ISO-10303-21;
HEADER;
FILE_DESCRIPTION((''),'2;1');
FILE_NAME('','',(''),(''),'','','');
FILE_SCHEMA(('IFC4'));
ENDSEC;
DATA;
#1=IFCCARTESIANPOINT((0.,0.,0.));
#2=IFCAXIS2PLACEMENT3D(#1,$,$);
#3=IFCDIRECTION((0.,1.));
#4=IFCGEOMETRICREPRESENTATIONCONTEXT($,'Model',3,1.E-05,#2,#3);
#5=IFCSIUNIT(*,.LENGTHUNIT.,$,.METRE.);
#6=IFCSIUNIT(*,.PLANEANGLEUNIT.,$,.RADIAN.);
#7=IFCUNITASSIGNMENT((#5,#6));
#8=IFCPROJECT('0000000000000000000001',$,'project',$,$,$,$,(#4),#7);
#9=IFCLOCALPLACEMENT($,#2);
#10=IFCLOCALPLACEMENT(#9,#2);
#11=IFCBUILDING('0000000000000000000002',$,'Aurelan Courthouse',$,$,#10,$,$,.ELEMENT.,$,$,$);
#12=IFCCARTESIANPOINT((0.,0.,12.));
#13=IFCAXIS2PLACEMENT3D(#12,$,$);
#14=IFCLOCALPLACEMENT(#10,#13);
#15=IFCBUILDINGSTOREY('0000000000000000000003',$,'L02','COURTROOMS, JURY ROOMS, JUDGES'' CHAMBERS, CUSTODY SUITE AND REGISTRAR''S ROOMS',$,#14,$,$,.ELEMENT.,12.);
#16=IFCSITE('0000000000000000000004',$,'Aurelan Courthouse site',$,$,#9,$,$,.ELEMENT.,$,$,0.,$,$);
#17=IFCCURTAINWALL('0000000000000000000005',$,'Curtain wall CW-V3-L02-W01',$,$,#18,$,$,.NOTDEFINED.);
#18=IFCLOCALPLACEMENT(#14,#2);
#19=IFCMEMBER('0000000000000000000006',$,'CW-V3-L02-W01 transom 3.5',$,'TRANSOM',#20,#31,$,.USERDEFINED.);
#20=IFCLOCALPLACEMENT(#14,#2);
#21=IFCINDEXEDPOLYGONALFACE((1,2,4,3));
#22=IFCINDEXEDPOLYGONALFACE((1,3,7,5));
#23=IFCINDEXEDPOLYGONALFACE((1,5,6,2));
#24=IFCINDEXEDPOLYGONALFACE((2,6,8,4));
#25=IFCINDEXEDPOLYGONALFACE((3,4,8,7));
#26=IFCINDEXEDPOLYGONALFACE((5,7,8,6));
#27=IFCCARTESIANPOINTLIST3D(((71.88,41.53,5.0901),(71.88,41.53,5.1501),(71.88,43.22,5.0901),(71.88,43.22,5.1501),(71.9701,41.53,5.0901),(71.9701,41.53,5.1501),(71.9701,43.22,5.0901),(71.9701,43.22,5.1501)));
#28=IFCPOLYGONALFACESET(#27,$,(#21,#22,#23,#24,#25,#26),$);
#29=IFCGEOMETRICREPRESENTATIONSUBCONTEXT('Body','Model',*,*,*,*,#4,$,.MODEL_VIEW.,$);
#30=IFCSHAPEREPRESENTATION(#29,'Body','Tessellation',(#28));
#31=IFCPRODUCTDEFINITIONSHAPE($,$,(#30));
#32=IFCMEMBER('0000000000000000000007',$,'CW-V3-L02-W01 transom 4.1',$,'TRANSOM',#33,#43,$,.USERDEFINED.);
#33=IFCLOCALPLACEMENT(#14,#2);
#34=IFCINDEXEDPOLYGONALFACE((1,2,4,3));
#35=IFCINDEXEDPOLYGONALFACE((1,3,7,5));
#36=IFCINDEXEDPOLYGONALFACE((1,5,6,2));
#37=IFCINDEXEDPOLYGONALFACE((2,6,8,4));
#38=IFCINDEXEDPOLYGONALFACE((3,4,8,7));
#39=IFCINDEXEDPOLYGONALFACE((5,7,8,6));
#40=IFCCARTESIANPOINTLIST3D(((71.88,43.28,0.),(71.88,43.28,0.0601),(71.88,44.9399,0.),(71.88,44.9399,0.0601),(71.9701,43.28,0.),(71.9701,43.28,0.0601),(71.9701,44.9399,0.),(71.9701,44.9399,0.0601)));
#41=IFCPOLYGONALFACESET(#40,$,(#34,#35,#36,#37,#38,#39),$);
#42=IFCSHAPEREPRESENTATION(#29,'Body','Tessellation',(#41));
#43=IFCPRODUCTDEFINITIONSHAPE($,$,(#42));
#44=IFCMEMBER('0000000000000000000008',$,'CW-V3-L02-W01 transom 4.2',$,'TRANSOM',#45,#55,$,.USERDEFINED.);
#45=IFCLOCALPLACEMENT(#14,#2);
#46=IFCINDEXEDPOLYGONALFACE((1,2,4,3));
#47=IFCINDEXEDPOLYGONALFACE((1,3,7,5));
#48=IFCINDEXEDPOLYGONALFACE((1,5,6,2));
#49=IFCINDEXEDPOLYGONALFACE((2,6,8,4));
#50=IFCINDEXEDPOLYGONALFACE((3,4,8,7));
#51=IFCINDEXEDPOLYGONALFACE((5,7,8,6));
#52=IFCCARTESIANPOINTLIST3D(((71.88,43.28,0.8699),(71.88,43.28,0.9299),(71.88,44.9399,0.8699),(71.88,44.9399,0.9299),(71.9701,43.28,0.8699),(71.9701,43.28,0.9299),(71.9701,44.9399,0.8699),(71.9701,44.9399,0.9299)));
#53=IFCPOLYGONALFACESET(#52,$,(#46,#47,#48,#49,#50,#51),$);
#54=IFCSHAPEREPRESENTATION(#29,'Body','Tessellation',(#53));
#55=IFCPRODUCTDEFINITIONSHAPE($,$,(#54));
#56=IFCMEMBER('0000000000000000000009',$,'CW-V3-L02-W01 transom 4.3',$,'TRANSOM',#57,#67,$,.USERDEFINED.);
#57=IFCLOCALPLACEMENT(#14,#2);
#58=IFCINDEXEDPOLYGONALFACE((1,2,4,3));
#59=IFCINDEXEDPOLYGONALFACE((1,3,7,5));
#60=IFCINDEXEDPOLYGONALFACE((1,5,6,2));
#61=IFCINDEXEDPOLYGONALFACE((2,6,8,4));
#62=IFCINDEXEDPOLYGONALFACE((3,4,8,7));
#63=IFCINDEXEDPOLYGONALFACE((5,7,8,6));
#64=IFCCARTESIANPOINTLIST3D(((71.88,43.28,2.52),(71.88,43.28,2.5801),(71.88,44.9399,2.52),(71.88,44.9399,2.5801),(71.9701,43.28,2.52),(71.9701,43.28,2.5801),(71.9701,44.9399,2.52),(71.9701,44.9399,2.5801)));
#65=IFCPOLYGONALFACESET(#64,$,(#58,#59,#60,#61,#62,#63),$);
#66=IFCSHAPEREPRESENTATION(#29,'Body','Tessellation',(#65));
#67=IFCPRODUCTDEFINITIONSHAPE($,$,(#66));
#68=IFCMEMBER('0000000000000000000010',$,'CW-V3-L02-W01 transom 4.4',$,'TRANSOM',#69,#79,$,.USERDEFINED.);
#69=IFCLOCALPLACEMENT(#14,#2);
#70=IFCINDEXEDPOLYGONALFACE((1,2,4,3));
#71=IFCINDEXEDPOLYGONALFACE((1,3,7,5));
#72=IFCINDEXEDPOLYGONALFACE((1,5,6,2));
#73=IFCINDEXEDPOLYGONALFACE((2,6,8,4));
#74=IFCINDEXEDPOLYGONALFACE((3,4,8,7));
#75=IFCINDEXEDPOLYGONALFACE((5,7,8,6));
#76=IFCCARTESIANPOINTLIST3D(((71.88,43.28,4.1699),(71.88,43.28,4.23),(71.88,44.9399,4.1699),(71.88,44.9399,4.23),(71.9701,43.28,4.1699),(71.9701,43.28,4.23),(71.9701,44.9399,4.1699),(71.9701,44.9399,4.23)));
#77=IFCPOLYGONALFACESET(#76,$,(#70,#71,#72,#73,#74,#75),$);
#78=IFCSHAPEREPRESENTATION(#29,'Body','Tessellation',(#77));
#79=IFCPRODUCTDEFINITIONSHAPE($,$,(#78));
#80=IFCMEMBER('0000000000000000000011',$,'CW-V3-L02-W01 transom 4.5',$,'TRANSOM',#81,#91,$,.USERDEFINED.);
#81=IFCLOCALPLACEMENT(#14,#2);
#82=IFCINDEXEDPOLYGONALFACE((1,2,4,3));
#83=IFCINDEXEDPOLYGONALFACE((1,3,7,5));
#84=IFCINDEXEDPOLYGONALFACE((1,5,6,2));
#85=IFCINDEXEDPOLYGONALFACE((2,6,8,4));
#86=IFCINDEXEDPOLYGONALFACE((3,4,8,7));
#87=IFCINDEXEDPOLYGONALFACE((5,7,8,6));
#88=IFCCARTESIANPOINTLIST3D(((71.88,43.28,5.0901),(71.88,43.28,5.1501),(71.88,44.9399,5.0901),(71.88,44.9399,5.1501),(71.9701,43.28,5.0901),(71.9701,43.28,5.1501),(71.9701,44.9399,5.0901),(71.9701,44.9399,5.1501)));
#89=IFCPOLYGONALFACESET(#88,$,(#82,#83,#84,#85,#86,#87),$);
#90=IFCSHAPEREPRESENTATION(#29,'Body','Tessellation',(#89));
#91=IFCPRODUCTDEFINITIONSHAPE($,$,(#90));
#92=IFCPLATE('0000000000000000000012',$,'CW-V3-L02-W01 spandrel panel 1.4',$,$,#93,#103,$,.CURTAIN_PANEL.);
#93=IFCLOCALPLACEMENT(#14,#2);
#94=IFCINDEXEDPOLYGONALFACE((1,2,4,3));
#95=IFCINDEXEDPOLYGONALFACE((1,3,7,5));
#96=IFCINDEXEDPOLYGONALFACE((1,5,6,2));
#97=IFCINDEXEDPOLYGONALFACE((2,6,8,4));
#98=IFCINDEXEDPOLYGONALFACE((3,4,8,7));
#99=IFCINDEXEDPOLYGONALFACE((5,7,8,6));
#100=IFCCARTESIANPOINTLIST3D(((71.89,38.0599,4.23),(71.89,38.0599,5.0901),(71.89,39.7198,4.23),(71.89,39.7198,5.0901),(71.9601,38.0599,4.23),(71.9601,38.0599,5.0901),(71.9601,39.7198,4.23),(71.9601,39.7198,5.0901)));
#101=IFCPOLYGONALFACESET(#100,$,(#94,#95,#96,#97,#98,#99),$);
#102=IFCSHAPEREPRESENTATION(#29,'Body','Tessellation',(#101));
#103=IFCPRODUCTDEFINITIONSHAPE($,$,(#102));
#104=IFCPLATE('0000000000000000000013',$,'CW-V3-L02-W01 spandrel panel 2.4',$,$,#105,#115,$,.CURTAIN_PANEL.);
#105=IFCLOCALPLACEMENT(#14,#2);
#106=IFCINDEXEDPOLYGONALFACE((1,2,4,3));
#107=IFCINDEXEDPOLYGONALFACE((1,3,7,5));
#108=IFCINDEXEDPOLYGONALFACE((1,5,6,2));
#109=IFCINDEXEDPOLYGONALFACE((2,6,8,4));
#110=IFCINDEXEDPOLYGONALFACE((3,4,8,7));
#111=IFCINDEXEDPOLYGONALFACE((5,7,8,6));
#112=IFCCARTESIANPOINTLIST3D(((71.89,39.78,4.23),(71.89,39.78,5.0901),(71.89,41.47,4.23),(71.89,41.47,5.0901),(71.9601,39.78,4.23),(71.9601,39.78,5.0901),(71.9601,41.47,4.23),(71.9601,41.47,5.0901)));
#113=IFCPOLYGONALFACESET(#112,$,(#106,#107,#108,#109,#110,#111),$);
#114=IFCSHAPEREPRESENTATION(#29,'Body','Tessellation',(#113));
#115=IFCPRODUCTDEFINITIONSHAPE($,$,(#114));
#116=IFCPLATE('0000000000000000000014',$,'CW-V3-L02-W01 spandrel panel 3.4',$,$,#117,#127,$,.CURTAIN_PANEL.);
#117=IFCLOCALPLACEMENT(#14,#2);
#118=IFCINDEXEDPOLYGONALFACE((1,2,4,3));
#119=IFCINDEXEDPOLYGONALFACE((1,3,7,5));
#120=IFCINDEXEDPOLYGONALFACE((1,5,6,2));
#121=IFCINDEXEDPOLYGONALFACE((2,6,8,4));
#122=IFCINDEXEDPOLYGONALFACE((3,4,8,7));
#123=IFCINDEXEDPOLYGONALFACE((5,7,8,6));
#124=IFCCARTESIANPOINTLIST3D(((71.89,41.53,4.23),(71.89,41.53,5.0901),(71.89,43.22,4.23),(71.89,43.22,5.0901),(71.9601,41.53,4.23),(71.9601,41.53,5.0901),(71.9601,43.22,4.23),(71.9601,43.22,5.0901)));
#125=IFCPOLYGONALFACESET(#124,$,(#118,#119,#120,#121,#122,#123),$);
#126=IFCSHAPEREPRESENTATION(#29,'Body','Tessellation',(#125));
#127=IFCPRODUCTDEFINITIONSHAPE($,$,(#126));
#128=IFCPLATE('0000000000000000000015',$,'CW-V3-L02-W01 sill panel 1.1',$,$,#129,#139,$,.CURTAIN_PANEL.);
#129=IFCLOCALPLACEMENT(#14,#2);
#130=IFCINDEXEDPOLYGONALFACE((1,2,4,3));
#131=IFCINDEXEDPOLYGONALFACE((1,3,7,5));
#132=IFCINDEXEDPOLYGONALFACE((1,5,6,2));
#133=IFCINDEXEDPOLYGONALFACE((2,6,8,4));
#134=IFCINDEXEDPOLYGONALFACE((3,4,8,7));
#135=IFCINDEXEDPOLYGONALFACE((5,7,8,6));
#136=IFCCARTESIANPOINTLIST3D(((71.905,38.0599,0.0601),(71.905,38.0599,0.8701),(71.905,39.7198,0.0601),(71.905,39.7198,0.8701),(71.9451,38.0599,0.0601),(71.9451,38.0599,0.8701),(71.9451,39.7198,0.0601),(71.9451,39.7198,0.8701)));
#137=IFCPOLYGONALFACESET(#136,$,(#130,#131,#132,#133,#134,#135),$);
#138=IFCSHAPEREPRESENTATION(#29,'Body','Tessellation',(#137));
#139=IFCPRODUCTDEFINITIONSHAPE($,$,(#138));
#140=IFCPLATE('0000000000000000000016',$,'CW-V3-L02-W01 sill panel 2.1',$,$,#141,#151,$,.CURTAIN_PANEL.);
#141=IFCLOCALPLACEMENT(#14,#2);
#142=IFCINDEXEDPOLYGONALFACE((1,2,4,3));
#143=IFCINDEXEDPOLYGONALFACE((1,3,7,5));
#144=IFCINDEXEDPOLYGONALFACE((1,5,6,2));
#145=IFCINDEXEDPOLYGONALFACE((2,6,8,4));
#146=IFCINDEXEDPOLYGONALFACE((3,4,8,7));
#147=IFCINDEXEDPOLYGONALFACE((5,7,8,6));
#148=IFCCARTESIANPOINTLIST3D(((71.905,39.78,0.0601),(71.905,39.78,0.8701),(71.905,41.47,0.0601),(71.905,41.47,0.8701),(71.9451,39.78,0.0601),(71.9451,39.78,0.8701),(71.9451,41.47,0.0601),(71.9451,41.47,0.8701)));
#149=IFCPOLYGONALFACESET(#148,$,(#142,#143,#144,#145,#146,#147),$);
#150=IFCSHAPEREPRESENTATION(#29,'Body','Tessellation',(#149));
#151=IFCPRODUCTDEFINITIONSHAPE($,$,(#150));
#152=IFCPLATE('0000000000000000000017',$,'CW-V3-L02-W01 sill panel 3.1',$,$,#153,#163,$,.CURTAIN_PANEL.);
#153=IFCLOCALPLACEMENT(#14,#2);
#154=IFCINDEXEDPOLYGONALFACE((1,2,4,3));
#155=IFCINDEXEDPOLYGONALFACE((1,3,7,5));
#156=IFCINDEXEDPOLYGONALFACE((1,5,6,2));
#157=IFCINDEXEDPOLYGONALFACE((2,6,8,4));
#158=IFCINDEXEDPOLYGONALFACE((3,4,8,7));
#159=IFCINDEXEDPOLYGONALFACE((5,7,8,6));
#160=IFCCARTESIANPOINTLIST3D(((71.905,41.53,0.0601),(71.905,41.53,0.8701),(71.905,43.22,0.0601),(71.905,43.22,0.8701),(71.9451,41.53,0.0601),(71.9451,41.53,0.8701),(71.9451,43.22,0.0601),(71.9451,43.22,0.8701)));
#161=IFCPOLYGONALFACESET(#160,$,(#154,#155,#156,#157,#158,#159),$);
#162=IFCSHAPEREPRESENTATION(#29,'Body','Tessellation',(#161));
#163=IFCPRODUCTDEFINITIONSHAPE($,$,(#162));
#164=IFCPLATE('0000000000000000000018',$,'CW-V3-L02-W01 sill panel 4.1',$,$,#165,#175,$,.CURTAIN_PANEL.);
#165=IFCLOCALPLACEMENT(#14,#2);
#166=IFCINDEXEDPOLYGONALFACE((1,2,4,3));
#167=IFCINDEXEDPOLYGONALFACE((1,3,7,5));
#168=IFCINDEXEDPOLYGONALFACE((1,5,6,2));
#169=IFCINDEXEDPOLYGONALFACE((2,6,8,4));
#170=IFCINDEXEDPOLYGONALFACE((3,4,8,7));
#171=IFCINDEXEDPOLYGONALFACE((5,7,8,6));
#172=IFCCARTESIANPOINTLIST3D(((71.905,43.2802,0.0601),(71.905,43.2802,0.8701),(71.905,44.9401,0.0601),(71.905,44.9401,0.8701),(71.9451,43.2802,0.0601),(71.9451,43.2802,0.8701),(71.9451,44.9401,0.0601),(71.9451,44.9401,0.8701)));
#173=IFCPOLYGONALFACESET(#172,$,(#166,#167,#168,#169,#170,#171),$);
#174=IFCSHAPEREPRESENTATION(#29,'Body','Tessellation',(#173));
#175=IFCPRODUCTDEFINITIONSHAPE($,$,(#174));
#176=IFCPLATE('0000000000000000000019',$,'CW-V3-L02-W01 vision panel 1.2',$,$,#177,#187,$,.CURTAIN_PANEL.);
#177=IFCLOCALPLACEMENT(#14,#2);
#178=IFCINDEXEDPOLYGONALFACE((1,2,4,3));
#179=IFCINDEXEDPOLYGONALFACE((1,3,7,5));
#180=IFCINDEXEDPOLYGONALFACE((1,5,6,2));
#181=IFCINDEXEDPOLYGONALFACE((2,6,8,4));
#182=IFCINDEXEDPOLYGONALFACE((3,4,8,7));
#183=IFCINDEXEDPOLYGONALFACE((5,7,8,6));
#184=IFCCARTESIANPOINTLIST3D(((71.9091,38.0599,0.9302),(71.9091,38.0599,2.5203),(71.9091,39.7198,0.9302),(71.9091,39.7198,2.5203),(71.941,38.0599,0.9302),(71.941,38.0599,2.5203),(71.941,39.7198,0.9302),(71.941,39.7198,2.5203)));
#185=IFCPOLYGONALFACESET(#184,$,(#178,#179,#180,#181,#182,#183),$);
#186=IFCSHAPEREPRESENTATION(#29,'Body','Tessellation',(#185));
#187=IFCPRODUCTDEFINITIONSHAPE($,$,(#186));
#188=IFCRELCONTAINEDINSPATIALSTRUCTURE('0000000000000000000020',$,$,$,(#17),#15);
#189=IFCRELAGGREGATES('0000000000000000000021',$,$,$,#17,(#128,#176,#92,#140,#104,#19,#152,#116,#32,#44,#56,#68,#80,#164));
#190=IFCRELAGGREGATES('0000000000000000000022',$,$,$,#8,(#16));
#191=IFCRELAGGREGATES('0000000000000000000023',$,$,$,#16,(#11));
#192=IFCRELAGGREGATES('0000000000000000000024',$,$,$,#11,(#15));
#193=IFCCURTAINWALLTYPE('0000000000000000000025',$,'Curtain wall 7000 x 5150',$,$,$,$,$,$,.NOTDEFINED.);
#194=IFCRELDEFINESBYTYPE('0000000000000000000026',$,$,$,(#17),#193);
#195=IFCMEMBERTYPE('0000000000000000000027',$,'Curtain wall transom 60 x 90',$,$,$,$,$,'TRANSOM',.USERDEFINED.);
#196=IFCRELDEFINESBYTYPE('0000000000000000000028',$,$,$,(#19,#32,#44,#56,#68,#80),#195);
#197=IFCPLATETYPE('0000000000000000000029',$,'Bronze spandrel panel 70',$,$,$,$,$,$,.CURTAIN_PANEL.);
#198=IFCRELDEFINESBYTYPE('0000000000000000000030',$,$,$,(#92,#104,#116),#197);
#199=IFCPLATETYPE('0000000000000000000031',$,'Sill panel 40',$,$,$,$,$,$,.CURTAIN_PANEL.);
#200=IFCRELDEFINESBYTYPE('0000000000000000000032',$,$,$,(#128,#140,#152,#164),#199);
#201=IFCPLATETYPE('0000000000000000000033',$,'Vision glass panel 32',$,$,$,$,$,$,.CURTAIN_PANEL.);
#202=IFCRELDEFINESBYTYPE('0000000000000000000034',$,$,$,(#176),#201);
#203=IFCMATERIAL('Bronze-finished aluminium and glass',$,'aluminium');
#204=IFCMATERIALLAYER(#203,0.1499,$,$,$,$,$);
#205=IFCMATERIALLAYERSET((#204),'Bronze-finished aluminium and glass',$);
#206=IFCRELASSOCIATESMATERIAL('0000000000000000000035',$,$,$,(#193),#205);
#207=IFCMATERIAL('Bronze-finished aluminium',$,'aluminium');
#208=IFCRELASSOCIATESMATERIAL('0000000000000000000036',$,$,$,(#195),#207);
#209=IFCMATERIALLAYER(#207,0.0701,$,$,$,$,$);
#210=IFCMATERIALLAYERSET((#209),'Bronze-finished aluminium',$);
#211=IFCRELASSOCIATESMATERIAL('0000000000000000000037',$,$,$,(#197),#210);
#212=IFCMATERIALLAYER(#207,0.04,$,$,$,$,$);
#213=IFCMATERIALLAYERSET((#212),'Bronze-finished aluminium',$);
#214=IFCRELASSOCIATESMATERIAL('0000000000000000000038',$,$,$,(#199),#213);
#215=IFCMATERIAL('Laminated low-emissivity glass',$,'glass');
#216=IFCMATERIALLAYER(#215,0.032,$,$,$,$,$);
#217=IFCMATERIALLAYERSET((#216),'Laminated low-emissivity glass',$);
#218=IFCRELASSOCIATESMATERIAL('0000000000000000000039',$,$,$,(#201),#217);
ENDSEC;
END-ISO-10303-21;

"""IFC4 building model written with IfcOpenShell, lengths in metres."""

from ifc_helpers import new_model, si_unit, direction, frame, origin, origin_2d, place, context, subcontext, project, spatial, rectangle, extrude, material, layer, layer_set, material_profile, profile_set, type_object, element, aggregate, save


model = new_model("IFC4")

# Units and contexts
model_context = context("Model", 3, precision=1e-05, world=origin(), true_north=direction((0.0, 1.0)))
body_context = subcontext(model_context, "Body", "Model", "MODEL_VIEW")
ifc_project = project(units=[si_unit("LENGTHUNIT", "METRE"), si_unit("PLANEANGLEUNIT", "RADIAN")], contexts=[model_context])

# Site, building, storey
site_placement = place(None, origin())
site = spatial("IfcSite", under=ifc_project, at=site_placement, Name="Aurelan Courthouse site", CompositionType="ELEMENT", RefElevation=0.0)
building_placement = place(site_placement, origin())
building = spatial("IfcBuilding", under=site, at=building_placement, Name="Aurelan Courthouse", CompositionType="ELEMENT")
storey_placement = place(building_placement, frame((0.0, 0.0, 12.0)))
storey = spatial("IfcBuildingStorey", under=building, at=storey_placement, Name="L02", Description="COURTROOMS, JURY ROOMS, JUDGES' CHAMBERS, CUSTODY SUITE AND REGISTRAR'S ROOMS", CompositionType="ELEMENT", Elevation=12.0)

# Curtain wall, members, plates
ifc_material_1 = material(Name="Bronze-finished aluminium and glass", Category="aluminium")
ifc_layer_1 = layer(ifc_material_1, 0.1499)
ifc_layer_set_1 = layer_set([ifc_layer_1], Name="Bronze-finished aluminium and glass")
curtain_wall_type = type_object("IfcCurtainWallType", Name="Curtain wall 7000 x 5150", PredefinedType="NOTDEFINED", material=ifc_layer_set_1)
curtain_wall_placement = place(storey_placement, origin())
curtain_wall = element("IfcCurtainWall", 1, at=curtain_wall_placement, inside=storey, type_object=curtain_wall_type, Name="Curtain wall CW-V3-L02-W01", PredefinedType="NOTDEFINED")
ifc_material_2 = material(Name="Bronze-finished aluminium", Category="aluminium")
ifc_material_profile_1 = material_profile(ifc_material_2, rectangle(XDim=0.0901, YDim=0.0601, at=origin_2d()), Name="Bronze transom 60 x 90")
ifc_profile_set_1 = profile_set([ifc_material_profile_1], Name="Bronze-finished aluminium")
member_type_1 = type_object("IfcMemberType", Name="Curtain wall transom 60 x 90", ElementType="TRANSOM", PredefinedType="USERDEFINED", material=ifc_profile_set_1)
member_1_placement = place(storey_placement, frame((71.925, 41.53, 5.1201), z_axis=(0.0, 1.0, 0.0), x_axis=(-1.0, 0.0, 0.0)))
member_1 = element("IfcMember", 2, at=member_1_placement, type_object=member_type_1, Name="CW-V3-L02-W01 transom 3.5", ObjectType="TRANSOM", PredefinedType="USERDEFINED", context=body_context, shape_type="SweptSolid", body=[
    extrude(rectangle(XDim=0.0901, YDim=0.0601, at=origin_2d()), origin(), (0.0, 0.0, 1.0), 1.6899),
])
member_2_placement = place(storey_placement, frame((71.925, 43.28, 0.03), z_axis=(0.0, 1.0, 0.0), x_axis=(-1.0, 0.0, 0.0)))
member_2 = element("IfcMember", 3, at=member_2_placement, type_object=member_type_1, Name="CW-V3-L02-W01 transom 4.1", ObjectType="TRANSOM", PredefinedType="USERDEFINED", context=body_context, shape_type="SweptSolid", body=[
    extrude(rectangle(XDim=0.0901, YDim=0.0601, at=origin_2d()), origin(), (0.0, 0.0, 1.0), 1.6599),
])
member_3_placement = place(storey_placement, frame((71.925, 43.28, 0.8999), z_axis=(0.0, 1.0, 0.0), x_axis=(-1.0, 0.0, 0.0)))
member_3 = element("IfcMember", 4, at=member_3_placement, type_object=member_type_1, Name="CW-V3-L02-W01 transom 4.2", ObjectType="TRANSOM", PredefinedType="USERDEFINED", context=body_context, shape_type="SweptSolid", body=[
    extrude(rectangle(XDim=0.0901, YDim=0.0601, at=origin_2d()), origin(), (0.0, 0.0, 1.0), 1.6599),
])
member_4_placement = place(storey_placement, frame((71.925, 43.28, 2.55), z_axis=(0.0, 1.0, 0.0), x_axis=(-1.0, 0.0, 0.0)))
member_4 = element("IfcMember", 5, at=member_4_placement, type_object=member_type_1, Name="CW-V3-L02-W01 transom 4.3", ObjectType="TRANSOM", PredefinedType="USERDEFINED", context=body_context, shape_type="SweptSolid", body=[
    extrude(rectangle(XDim=0.0901, YDim=0.0601, at=origin_2d()), origin(), (0.0, 0.0, 1.0), 1.6599),
])
member_5_placement = place(storey_placement, frame((71.925, 43.28, 4.2), z_axis=(0.0, 1.0, 0.0), x_axis=(-1.0, 0.0, 0.0)))
member_5 = element("IfcMember", 6, at=member_5_placement, type_object=member_type_1, Name="CW-V3-L02-W01 transom 4.4", ObjectType="TRANSOM", PredefinedType="USERDEFINED", context=body_context, shape_type="SweptSolid", body=[
    extrude(rectangle(XDim=0.0901, YDim=0.0601, at=origin_2d()), origin(), (0.0, 0.0, 1.0), 1.6599),
])
member_6_placement = place(storey_placement, frame((71.925, 43.28, 5.1201), z_axis=(0.0, 1.0, 0.0), x_axis=(-1.0, 0.0, 0.0)))
member_6 = element("IfcMember", 7, at=member_6_placement, type_object=member_type_1, Name="CW-V3-L02-W01 transom 4.5", ObjectType="TRANSOM", PredefinedType="USERDEFINED", context=body_context, shape_type="SweptSolid", body=[
    extrude(rectangle(XDim=0.0901, YDim=0.0601, at=origin_2d()), origin(), (0.0, 0.0, 1.0), 1.6599),
])
ifc_layer_2 = layer(ifc_material_2, 0.0701)
ifc_layer_set_2 = layer_set([ifc_layer_2], Name="Bronze-finished aluminium")
plate_type_1 = type_object("IfcPlateType", Name="Bronze spandrel panel 70", PredefinedType="CURTAIN_PANEL", material=ifc_layer_set_2)
plate_1_placement = place(storey_placement, frame((71.925, 38.8899, 4.23), z_axis=(0.0, 0.0, 1.0), x_axis=(0.0, 1.0, 0.0)))
plate_1 = element("IfcPlate", 8, at=plate_1_placement, type_object=plate_type_1, Name="CW-V3-L02-W01 spandrel panel 1.4", PredefinedType="CURTAIN_PANEL", context=body_context, shape_type="SweptSolid", body=[
    extrude(rectangle(XDim=1.6599, YDim=0.0701, at=origin_2d()), origin(), (0.0, 0.0, 1.0), 0.8601),
])
plate_2_placement = place(storey_placement, frame((71.925, 40.625, 4.23), z_axis=(0.0, 0.0, 1.0), x_axis=(0.0, 1.0, 0.0)))
plate_2 = element("IfcPlate", 9, at=plate_2_placement, type_object=plate_type_1, Name="CW-V3-L02-W01 spandrel panel 2.4", PredefinedType="CURTAIN_PANEL", context=body_context, shape_type="SweptSolid", body=[
    extrude(rectangle(XDim=1.6899, YDim=0.0701, at=origin_2d()), origin(), (0.0, 0.0, 1.0), 0.8601),
])
plate_3_placement = place(storey_placement, frame((71.925, 42.375, 4.23), z_axis=(0.0, 0.0, 1.0), x_axis=(0.0, 1.0, 0.0)))
plate_3 = element("IfcPlate", 10, at=plate_3_placement, type_object=plate_type_1, Name="CW-V3-L02-W01 spandrel panel 3.4", PredefinedType="CURTAIN_PANEL", context=body_context, shape_type="SweptSolid", body=[
    extrude(rectangle(XDim=1.6899, YDim=0.0701, at=origin_2d()), origin(), (0.0, 0.0, 1.0), 0.8601),
])
ifc_layer_3 = layer(ifc_material_2, 0.04)
ifc_layer_set_3 = layer_set([ifc_layer_3], Name="Bronze-finished aluminium")
plate_type_2 = type_object("IfcPlateType", Name="Sill panel 40", PredefinedType="CURTAIN_PANEL", material=ifc_layer_set_3)
plate_4_placement = place(storey_placement, frame((71.925, 38.8899, 0.0601), z_axis=(0.0, 0.0, 1.0), x_axis=(0.0, 1.0, 0.0)))
plate_4 = element("IfcPlate", 11, at=plate_4_placement, type_object=plate_type_2, Name="CW-V3-L02-W01 sill panel 1.1", PredefinedType="CURTAIN_PANEL", context=body_context, shape_type="SweptSolid", body=[
    extrude(rectangle(XDim=1.6599, YDim=0.04, at=origin_2d()), origin(), (0.0, 0.0, 1.0), 0.8101),
])
plate_5_placement = place(storey_placement, frame((71.925, 40.625, 0.0601), z_axis=(0.0, 0.0, 1.0), x_axis=(0.0, 1.0, 0.0)))
plate_5 = element("IfcPlate", 12, at=plate_5_placement, type_object=plate_type_2, Name="CW-V3-L02-W01 sill panel 2.1", PredefinedType="CURTAIN_PANEL", context=body_context, shape_type="SweptSolid", body=[
    extrude(rectangle(XDim=1.6899, YDim=0.04, at=origin_2d()), origin(), (0.0, 0.0, 1.0), 0.8101),
])
plate_6_placement = place(storey_placement, frame((71.925, 42.375, 0.0601), z_axis=(0.0, 0.0, 1.0), x_axis=(0.0, 1.0, 0.0)))
plate_6 = element("IfcPlate", 13, at=plate_6_placement, type_object=plate_type_2, Name="CW-V3-L02-W01 sill panel 3.1", PredefinedType="CURTAIN_PANEL", context=body_context, shape_type="SweptSolid", body=[
    extrude(rectangle(XDim=1.6899, YDim=0.04, at=origin_2d()), origin(), (0.0, 0.0, 1.0), 0.8101),
])
plate_7_placement = place(storey_placement, frame((71.925, 44.1101, 0.0601), z_axis=(0.0, 0.0, 1.0), x_axis=(0.0, 1.0, 0.0)))
plate_7 = element("IfcPlate", 14, at=plate_7_placement, type_object=plate_type_2, Name="CW-V3-L02-W01 sill panel 4.1", PredefinedType="CURTAIN_PANEL", context=body_context, shape_type="SweptSolid", body=[
    extrude(rectangle(XDim=1.6599, YDim=0.04, at=origin_2d()), origin(), (0.0, 0.0, 1.0), 0.8101),
])
ifc_material_3 = material(Name="Laminated low-emissivity glass", Category="glass")
ifc_layer_4 = layer(ifc_material_3, 0.032)
ifc_layer_set_4 = layer_set([ifc_layer_4], Name="Laminated low-emissivity glass")
plate_type_3 = type_object("IfcPlateType", Name="Vision glass panel 32", PredefinedType="CURTAIN_PANEL", material=ifc_layer_set_4)
plate_8_placement = place(storey_placement, frame((71.925, 38.8899, 0.9302), z_axis=(0.0, 0.0, 1.0), x_axis=(0.0, 1.0, 0.0)))
plate_8 = element("IfcPlate", 15, at=plate_8_placement, type_object=plate_type_3, Name="CW-V3-L02-W01 vision panel 1.2", PredefinedType="CURTAIN_PANEL", context=body_context, shape_type="SweptSolid", body=[
    extrude(rectangle(XDim=1.6599, YDim=0.032, at=origin_2d()), origin(), (0.0, 0.0, 1.0), 1.5901),
])
aggregate(curtain_wall, [plate_4, plate_8, plate_1, plate_5, plate_2, member_1, plate_6, plate_3, member_2, member_3, member_4, member_5, member_6, plate_7])

save(model, "model.ifc")
